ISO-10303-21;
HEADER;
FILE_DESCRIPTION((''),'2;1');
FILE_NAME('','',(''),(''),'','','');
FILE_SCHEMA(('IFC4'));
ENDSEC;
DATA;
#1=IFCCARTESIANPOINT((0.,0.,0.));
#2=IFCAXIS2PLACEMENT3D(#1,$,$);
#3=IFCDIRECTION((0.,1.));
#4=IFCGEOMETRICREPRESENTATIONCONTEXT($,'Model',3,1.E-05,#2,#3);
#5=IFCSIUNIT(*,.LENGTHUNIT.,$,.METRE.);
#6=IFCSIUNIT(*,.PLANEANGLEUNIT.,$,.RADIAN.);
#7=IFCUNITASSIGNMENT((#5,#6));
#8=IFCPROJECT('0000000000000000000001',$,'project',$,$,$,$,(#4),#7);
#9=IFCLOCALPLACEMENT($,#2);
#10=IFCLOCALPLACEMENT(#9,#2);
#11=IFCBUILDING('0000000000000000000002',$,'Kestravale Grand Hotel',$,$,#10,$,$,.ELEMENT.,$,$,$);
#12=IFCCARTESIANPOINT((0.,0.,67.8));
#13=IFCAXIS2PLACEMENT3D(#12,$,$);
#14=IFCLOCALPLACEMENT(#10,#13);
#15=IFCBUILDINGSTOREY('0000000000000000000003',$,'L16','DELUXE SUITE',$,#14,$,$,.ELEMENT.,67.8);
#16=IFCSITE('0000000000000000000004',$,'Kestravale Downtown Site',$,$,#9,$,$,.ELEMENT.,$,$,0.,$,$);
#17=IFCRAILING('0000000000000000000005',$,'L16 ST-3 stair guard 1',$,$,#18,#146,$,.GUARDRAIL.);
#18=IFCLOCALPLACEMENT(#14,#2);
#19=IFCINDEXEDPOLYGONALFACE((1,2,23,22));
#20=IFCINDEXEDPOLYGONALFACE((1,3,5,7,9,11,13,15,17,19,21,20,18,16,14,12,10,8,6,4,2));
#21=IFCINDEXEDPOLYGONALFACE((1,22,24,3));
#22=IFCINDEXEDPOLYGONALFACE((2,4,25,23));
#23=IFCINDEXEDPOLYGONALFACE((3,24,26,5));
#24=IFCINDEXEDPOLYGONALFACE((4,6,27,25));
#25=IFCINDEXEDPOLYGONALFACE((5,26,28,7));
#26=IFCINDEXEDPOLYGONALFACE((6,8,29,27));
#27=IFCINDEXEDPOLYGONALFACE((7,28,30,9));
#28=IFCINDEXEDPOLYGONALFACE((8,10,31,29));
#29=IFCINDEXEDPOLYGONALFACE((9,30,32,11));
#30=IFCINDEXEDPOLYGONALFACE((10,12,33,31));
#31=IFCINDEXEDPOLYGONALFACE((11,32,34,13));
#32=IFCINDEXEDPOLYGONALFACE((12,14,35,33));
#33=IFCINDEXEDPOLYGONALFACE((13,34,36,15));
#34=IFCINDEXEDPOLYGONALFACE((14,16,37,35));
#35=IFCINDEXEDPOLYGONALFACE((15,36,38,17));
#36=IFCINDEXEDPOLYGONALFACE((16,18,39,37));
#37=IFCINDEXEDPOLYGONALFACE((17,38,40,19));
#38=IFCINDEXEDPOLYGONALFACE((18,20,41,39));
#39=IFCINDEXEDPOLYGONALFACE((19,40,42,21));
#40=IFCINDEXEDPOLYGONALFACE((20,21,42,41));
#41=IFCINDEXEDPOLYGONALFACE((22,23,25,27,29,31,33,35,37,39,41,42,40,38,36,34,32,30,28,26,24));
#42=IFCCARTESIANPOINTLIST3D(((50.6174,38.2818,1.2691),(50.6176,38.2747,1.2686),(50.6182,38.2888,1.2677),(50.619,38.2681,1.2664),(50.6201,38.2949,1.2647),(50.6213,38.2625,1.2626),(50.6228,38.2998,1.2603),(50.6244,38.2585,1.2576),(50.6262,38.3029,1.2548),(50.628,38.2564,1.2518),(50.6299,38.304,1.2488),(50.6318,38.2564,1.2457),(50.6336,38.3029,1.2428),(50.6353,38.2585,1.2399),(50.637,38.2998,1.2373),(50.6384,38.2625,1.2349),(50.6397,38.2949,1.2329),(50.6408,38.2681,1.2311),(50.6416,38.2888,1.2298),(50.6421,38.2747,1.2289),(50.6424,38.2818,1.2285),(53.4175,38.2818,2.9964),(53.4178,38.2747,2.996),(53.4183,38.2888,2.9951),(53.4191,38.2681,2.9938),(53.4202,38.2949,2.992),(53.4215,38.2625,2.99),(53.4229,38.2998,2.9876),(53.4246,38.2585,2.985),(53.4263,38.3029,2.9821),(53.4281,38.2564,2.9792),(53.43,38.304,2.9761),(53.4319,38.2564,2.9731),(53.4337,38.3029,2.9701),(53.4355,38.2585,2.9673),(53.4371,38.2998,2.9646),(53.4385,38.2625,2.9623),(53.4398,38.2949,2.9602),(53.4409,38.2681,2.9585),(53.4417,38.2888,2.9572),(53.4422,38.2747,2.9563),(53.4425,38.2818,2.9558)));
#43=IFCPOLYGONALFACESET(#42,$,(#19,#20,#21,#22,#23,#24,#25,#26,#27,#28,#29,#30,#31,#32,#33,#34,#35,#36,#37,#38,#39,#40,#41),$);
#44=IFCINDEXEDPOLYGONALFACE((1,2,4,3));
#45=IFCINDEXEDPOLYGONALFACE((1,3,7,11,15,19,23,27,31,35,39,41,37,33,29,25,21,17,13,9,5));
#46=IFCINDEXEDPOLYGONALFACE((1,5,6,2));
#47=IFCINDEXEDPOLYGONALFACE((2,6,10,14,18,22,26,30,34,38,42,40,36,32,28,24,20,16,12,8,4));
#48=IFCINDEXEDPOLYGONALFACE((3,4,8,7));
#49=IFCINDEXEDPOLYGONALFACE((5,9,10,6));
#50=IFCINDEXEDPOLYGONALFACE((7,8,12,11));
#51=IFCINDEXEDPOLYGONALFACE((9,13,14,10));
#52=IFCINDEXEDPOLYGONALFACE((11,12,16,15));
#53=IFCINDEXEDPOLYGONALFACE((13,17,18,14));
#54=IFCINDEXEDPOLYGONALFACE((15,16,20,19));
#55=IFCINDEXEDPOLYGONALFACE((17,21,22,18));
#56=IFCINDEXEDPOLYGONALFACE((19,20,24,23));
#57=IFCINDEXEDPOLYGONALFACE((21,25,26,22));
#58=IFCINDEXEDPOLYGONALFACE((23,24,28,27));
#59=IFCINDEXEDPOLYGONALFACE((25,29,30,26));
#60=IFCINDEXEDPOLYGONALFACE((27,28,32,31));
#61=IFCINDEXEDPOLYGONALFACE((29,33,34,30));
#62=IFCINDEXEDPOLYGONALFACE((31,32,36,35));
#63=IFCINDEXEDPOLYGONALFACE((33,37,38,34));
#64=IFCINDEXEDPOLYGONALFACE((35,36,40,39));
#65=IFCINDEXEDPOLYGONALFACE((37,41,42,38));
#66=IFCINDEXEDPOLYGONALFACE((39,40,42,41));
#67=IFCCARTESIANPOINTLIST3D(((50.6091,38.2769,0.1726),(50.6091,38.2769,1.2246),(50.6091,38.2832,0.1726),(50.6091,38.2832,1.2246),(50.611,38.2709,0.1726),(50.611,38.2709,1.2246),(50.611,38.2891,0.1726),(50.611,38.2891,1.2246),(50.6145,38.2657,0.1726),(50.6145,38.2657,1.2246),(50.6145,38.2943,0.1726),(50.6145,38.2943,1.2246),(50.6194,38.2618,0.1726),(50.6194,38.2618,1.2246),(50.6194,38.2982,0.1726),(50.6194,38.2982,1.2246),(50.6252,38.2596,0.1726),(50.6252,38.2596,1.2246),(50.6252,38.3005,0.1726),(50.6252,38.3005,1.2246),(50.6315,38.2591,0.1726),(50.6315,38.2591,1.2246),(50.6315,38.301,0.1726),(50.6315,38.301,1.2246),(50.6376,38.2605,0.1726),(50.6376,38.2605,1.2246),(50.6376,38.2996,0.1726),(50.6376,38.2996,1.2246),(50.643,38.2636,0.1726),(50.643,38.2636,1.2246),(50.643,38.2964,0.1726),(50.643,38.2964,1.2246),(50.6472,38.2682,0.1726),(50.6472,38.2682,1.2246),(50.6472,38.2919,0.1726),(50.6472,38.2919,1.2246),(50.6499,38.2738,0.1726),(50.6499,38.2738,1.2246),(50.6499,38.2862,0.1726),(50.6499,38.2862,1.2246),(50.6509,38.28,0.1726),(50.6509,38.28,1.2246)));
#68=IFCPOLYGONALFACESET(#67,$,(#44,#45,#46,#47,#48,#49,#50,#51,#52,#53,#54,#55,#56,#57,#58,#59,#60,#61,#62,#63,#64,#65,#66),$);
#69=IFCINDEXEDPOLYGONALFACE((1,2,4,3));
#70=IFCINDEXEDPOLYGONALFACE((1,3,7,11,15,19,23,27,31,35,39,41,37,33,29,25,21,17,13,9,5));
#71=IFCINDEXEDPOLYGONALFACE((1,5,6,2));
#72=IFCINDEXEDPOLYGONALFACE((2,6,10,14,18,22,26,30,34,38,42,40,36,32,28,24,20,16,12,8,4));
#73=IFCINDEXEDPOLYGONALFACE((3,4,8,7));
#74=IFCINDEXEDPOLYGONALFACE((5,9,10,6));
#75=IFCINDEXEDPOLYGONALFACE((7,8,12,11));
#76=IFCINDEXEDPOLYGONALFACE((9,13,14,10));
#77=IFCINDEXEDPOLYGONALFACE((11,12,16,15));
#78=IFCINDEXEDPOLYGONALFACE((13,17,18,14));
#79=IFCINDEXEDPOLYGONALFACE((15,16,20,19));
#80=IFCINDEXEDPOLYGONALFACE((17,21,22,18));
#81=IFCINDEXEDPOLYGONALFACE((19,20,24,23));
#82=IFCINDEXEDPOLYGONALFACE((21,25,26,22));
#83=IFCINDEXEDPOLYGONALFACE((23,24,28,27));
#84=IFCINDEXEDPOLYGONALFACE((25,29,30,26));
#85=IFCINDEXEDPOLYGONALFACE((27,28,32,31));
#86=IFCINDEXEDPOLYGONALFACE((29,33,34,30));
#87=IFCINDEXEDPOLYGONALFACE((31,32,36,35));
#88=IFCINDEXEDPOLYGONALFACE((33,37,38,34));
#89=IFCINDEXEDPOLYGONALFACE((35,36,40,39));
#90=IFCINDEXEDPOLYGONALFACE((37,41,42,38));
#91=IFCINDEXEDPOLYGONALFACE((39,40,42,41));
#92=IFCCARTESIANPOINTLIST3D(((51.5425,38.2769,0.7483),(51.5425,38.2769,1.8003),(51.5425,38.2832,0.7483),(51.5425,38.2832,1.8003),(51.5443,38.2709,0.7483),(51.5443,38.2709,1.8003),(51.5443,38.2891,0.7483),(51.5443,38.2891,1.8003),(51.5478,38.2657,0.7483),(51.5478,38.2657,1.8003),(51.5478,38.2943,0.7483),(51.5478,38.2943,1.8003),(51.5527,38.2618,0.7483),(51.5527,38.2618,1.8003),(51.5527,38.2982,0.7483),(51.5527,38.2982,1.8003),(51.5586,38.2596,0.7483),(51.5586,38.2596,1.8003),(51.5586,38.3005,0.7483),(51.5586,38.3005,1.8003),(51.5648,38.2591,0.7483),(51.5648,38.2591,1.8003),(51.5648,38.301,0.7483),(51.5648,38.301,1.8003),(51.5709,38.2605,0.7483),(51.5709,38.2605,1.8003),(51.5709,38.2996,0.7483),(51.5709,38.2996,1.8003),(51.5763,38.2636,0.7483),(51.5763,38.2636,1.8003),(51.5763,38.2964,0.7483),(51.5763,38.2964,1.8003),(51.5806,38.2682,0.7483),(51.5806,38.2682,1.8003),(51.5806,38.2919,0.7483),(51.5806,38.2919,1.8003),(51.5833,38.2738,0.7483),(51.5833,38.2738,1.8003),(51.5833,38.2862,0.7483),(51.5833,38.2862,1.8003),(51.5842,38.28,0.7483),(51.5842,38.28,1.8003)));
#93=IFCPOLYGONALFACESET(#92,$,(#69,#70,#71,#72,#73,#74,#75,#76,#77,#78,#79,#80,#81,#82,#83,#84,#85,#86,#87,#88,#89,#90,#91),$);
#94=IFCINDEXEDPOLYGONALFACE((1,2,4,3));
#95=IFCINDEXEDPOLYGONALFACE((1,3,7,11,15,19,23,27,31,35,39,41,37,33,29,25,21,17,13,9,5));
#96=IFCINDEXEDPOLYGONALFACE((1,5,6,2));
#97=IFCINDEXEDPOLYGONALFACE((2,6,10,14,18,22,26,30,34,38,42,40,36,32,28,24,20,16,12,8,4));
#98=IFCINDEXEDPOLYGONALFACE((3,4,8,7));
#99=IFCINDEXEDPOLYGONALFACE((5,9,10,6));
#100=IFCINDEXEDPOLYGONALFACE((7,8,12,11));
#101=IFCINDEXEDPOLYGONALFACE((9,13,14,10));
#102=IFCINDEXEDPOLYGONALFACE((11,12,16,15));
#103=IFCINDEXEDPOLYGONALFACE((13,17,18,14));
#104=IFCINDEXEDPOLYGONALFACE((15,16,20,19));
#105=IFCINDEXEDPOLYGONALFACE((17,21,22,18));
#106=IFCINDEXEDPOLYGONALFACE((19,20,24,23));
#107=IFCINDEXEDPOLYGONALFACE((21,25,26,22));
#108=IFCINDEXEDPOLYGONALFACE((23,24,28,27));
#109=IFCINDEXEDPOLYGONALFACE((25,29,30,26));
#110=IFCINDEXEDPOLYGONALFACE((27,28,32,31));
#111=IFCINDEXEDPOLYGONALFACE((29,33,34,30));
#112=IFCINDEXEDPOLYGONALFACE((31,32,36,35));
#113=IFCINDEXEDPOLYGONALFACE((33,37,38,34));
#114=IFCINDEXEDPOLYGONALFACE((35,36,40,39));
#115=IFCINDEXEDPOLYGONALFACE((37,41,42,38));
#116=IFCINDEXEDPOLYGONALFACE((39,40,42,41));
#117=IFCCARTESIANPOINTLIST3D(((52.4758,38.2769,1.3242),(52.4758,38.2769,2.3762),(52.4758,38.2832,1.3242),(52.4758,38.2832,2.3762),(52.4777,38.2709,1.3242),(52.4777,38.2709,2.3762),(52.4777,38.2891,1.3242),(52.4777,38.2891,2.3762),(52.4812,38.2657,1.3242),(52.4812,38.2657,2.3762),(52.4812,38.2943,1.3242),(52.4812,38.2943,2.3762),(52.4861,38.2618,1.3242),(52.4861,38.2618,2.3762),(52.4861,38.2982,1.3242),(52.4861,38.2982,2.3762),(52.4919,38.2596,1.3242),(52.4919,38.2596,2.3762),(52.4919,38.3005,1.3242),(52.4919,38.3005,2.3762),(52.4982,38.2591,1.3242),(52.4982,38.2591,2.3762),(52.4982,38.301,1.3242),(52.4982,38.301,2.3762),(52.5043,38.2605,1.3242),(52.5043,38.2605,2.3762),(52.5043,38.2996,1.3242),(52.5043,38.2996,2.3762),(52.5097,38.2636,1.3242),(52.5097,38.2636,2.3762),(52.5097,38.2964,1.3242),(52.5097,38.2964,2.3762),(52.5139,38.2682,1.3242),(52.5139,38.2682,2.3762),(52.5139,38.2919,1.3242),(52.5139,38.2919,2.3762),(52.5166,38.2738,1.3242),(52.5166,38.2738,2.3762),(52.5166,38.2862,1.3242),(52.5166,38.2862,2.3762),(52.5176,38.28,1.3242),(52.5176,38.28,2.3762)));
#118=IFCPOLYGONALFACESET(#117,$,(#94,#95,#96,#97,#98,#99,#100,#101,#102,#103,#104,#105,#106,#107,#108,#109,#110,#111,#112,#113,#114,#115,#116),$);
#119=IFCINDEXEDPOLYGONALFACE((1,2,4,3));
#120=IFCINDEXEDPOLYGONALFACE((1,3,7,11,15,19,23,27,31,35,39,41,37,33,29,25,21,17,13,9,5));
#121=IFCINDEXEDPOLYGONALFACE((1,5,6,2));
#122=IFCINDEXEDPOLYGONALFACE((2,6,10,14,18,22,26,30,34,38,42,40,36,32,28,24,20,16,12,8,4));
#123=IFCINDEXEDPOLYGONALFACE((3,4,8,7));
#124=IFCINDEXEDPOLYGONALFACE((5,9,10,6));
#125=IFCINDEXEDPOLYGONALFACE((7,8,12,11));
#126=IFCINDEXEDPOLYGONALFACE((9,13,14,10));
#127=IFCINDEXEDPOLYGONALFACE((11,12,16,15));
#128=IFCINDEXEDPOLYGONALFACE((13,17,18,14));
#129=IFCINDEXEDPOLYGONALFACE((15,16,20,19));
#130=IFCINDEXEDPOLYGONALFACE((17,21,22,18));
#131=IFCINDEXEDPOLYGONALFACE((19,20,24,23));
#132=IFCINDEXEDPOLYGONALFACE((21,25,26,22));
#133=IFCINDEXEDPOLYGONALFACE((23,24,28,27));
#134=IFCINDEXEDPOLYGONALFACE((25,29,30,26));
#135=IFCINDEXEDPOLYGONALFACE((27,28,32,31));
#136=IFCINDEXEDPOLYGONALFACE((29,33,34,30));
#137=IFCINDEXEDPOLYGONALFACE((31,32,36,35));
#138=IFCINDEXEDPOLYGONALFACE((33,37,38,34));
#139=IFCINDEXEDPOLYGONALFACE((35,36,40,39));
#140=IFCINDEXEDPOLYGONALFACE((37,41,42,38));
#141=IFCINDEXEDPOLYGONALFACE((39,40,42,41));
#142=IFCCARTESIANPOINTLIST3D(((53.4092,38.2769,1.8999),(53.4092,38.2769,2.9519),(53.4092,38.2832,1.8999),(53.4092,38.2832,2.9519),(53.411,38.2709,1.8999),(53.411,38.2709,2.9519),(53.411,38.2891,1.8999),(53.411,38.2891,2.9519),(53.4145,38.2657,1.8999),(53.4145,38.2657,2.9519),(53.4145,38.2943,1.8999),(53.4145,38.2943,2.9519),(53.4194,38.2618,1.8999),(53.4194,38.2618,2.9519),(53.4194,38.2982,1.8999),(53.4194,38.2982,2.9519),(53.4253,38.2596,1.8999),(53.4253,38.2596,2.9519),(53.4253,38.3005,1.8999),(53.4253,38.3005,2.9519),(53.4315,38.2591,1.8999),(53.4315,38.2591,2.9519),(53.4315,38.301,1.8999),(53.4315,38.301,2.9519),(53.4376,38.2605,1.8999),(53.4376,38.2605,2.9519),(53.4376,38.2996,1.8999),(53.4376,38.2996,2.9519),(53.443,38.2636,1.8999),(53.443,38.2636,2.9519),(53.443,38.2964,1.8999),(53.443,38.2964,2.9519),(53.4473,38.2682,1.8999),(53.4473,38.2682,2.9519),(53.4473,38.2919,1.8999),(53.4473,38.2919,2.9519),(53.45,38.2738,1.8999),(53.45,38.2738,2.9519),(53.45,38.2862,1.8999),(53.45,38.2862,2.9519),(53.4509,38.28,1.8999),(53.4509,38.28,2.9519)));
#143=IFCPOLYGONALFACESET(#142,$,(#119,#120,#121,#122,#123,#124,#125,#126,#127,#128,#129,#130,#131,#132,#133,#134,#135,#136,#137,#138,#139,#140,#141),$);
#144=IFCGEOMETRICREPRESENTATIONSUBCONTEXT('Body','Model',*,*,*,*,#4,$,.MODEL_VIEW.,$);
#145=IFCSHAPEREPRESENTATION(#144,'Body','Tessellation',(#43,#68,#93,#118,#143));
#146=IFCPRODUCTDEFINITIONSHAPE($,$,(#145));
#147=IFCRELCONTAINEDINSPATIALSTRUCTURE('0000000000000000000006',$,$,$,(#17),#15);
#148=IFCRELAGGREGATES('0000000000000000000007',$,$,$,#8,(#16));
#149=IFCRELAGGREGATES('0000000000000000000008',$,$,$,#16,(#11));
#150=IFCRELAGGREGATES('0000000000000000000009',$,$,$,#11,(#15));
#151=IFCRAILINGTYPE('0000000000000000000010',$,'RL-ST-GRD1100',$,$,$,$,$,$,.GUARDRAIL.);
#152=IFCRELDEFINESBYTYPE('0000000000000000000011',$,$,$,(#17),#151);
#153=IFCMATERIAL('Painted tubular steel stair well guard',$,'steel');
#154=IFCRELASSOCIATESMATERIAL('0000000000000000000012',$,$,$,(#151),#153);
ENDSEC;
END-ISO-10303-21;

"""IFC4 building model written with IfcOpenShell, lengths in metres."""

from ifc_helpers import new_model, si_unit, direction, frame, origin, origin_2d, place, context, subcontext, project, spatial, circle, extrude, material, type_object, element, save


model = new_model("IFC4")

# Units and contexts
model_context = context("Model", 3, precision=1e-05, world=origin(), true_north=direction((0.0, 1.0)))
body_context = subcontext(model_context, "Body", "Model", "MODEL_VIEW")
ifc_project = project(units=[si_unit("LENGTHUNIT", "METRE"), si_unit("PLANEANGLEUNIT", "RADIAN")], contexts=[model_context])

# Site, building, storey
site_placement = place(None, origin())
site = spatial("IfcSite", under=ifc_project, at=site_placement, Name="Kestravale Downtown Site", CompositionType="ELEMENT", RefElevation=0.0)
building_placement = place(site_placement, origin())
building = spatial("IfcBuilding", under=site, at=building_placement, Name="Kestravale Grand Hotel", CompositionType="ELEMENT")
storey_placement = place(building_placement, frame((0.0, 0.0, 67.8)))
storey = spatial("IfcBuildingStorey", under=building, at=storey_placement, Name="L16", Description="DELUXE SUITE", CompositionType="ELEMENT", Elevation=67.8)

# Railing
ifc_material_1 = material(Name="Painted tubular steel stair well guard", Category="steel")
railing_type_1 = type_object("IfcRailingType", Name="RL-ST-GRD1100", PredefinedType="GUARDRAIL", material=ifc_material_1)
railing_1_placement = place(storey_placement, frame((50.6299, 38.28, 0.1726)))
element("IfcRailing", 1, at=railing_1_placement, inside=storey, type_object=railing_type_1, Name="L16 ST-3 stair guard 1", PredefinedType="GUARDRAIL", context=body_context, shape_type="SweptSolid", body=[
    extrude(circle(Radius=0.0239, at=origin_2d()), frame((0.0, 0.0, 1.0762), z_axis=(0.85109, 0.0, 0.52502), x_axis=(0.0, 1.0, 0.0)), (0.0, 0.0, 1.0), 3.29),
    extrude(circle(Radius=0.021, at=origin_2d()), origin(), (0.0, 0.0, 1.0), 1.052),
    extrude(circle(Radius=0.021, at=origin_2d()), frame((0.9333, 0.0, 0.5757)), (0.0, 0.0, 1.0), 1.052),
    extrude(circle(Radius=0.021, at=origin_2d()), frame((1.8667, 0.0, 1.1516)), (0.0, 0.0, 1.0), 1.052),
    extrude(circle(Radius=0.021, at=origin_2d()), frame((2.8, 0.0, 1.7273)), (0.0, 0.0, 1.0), 1.052),
])

save(model, "model.ifc")
